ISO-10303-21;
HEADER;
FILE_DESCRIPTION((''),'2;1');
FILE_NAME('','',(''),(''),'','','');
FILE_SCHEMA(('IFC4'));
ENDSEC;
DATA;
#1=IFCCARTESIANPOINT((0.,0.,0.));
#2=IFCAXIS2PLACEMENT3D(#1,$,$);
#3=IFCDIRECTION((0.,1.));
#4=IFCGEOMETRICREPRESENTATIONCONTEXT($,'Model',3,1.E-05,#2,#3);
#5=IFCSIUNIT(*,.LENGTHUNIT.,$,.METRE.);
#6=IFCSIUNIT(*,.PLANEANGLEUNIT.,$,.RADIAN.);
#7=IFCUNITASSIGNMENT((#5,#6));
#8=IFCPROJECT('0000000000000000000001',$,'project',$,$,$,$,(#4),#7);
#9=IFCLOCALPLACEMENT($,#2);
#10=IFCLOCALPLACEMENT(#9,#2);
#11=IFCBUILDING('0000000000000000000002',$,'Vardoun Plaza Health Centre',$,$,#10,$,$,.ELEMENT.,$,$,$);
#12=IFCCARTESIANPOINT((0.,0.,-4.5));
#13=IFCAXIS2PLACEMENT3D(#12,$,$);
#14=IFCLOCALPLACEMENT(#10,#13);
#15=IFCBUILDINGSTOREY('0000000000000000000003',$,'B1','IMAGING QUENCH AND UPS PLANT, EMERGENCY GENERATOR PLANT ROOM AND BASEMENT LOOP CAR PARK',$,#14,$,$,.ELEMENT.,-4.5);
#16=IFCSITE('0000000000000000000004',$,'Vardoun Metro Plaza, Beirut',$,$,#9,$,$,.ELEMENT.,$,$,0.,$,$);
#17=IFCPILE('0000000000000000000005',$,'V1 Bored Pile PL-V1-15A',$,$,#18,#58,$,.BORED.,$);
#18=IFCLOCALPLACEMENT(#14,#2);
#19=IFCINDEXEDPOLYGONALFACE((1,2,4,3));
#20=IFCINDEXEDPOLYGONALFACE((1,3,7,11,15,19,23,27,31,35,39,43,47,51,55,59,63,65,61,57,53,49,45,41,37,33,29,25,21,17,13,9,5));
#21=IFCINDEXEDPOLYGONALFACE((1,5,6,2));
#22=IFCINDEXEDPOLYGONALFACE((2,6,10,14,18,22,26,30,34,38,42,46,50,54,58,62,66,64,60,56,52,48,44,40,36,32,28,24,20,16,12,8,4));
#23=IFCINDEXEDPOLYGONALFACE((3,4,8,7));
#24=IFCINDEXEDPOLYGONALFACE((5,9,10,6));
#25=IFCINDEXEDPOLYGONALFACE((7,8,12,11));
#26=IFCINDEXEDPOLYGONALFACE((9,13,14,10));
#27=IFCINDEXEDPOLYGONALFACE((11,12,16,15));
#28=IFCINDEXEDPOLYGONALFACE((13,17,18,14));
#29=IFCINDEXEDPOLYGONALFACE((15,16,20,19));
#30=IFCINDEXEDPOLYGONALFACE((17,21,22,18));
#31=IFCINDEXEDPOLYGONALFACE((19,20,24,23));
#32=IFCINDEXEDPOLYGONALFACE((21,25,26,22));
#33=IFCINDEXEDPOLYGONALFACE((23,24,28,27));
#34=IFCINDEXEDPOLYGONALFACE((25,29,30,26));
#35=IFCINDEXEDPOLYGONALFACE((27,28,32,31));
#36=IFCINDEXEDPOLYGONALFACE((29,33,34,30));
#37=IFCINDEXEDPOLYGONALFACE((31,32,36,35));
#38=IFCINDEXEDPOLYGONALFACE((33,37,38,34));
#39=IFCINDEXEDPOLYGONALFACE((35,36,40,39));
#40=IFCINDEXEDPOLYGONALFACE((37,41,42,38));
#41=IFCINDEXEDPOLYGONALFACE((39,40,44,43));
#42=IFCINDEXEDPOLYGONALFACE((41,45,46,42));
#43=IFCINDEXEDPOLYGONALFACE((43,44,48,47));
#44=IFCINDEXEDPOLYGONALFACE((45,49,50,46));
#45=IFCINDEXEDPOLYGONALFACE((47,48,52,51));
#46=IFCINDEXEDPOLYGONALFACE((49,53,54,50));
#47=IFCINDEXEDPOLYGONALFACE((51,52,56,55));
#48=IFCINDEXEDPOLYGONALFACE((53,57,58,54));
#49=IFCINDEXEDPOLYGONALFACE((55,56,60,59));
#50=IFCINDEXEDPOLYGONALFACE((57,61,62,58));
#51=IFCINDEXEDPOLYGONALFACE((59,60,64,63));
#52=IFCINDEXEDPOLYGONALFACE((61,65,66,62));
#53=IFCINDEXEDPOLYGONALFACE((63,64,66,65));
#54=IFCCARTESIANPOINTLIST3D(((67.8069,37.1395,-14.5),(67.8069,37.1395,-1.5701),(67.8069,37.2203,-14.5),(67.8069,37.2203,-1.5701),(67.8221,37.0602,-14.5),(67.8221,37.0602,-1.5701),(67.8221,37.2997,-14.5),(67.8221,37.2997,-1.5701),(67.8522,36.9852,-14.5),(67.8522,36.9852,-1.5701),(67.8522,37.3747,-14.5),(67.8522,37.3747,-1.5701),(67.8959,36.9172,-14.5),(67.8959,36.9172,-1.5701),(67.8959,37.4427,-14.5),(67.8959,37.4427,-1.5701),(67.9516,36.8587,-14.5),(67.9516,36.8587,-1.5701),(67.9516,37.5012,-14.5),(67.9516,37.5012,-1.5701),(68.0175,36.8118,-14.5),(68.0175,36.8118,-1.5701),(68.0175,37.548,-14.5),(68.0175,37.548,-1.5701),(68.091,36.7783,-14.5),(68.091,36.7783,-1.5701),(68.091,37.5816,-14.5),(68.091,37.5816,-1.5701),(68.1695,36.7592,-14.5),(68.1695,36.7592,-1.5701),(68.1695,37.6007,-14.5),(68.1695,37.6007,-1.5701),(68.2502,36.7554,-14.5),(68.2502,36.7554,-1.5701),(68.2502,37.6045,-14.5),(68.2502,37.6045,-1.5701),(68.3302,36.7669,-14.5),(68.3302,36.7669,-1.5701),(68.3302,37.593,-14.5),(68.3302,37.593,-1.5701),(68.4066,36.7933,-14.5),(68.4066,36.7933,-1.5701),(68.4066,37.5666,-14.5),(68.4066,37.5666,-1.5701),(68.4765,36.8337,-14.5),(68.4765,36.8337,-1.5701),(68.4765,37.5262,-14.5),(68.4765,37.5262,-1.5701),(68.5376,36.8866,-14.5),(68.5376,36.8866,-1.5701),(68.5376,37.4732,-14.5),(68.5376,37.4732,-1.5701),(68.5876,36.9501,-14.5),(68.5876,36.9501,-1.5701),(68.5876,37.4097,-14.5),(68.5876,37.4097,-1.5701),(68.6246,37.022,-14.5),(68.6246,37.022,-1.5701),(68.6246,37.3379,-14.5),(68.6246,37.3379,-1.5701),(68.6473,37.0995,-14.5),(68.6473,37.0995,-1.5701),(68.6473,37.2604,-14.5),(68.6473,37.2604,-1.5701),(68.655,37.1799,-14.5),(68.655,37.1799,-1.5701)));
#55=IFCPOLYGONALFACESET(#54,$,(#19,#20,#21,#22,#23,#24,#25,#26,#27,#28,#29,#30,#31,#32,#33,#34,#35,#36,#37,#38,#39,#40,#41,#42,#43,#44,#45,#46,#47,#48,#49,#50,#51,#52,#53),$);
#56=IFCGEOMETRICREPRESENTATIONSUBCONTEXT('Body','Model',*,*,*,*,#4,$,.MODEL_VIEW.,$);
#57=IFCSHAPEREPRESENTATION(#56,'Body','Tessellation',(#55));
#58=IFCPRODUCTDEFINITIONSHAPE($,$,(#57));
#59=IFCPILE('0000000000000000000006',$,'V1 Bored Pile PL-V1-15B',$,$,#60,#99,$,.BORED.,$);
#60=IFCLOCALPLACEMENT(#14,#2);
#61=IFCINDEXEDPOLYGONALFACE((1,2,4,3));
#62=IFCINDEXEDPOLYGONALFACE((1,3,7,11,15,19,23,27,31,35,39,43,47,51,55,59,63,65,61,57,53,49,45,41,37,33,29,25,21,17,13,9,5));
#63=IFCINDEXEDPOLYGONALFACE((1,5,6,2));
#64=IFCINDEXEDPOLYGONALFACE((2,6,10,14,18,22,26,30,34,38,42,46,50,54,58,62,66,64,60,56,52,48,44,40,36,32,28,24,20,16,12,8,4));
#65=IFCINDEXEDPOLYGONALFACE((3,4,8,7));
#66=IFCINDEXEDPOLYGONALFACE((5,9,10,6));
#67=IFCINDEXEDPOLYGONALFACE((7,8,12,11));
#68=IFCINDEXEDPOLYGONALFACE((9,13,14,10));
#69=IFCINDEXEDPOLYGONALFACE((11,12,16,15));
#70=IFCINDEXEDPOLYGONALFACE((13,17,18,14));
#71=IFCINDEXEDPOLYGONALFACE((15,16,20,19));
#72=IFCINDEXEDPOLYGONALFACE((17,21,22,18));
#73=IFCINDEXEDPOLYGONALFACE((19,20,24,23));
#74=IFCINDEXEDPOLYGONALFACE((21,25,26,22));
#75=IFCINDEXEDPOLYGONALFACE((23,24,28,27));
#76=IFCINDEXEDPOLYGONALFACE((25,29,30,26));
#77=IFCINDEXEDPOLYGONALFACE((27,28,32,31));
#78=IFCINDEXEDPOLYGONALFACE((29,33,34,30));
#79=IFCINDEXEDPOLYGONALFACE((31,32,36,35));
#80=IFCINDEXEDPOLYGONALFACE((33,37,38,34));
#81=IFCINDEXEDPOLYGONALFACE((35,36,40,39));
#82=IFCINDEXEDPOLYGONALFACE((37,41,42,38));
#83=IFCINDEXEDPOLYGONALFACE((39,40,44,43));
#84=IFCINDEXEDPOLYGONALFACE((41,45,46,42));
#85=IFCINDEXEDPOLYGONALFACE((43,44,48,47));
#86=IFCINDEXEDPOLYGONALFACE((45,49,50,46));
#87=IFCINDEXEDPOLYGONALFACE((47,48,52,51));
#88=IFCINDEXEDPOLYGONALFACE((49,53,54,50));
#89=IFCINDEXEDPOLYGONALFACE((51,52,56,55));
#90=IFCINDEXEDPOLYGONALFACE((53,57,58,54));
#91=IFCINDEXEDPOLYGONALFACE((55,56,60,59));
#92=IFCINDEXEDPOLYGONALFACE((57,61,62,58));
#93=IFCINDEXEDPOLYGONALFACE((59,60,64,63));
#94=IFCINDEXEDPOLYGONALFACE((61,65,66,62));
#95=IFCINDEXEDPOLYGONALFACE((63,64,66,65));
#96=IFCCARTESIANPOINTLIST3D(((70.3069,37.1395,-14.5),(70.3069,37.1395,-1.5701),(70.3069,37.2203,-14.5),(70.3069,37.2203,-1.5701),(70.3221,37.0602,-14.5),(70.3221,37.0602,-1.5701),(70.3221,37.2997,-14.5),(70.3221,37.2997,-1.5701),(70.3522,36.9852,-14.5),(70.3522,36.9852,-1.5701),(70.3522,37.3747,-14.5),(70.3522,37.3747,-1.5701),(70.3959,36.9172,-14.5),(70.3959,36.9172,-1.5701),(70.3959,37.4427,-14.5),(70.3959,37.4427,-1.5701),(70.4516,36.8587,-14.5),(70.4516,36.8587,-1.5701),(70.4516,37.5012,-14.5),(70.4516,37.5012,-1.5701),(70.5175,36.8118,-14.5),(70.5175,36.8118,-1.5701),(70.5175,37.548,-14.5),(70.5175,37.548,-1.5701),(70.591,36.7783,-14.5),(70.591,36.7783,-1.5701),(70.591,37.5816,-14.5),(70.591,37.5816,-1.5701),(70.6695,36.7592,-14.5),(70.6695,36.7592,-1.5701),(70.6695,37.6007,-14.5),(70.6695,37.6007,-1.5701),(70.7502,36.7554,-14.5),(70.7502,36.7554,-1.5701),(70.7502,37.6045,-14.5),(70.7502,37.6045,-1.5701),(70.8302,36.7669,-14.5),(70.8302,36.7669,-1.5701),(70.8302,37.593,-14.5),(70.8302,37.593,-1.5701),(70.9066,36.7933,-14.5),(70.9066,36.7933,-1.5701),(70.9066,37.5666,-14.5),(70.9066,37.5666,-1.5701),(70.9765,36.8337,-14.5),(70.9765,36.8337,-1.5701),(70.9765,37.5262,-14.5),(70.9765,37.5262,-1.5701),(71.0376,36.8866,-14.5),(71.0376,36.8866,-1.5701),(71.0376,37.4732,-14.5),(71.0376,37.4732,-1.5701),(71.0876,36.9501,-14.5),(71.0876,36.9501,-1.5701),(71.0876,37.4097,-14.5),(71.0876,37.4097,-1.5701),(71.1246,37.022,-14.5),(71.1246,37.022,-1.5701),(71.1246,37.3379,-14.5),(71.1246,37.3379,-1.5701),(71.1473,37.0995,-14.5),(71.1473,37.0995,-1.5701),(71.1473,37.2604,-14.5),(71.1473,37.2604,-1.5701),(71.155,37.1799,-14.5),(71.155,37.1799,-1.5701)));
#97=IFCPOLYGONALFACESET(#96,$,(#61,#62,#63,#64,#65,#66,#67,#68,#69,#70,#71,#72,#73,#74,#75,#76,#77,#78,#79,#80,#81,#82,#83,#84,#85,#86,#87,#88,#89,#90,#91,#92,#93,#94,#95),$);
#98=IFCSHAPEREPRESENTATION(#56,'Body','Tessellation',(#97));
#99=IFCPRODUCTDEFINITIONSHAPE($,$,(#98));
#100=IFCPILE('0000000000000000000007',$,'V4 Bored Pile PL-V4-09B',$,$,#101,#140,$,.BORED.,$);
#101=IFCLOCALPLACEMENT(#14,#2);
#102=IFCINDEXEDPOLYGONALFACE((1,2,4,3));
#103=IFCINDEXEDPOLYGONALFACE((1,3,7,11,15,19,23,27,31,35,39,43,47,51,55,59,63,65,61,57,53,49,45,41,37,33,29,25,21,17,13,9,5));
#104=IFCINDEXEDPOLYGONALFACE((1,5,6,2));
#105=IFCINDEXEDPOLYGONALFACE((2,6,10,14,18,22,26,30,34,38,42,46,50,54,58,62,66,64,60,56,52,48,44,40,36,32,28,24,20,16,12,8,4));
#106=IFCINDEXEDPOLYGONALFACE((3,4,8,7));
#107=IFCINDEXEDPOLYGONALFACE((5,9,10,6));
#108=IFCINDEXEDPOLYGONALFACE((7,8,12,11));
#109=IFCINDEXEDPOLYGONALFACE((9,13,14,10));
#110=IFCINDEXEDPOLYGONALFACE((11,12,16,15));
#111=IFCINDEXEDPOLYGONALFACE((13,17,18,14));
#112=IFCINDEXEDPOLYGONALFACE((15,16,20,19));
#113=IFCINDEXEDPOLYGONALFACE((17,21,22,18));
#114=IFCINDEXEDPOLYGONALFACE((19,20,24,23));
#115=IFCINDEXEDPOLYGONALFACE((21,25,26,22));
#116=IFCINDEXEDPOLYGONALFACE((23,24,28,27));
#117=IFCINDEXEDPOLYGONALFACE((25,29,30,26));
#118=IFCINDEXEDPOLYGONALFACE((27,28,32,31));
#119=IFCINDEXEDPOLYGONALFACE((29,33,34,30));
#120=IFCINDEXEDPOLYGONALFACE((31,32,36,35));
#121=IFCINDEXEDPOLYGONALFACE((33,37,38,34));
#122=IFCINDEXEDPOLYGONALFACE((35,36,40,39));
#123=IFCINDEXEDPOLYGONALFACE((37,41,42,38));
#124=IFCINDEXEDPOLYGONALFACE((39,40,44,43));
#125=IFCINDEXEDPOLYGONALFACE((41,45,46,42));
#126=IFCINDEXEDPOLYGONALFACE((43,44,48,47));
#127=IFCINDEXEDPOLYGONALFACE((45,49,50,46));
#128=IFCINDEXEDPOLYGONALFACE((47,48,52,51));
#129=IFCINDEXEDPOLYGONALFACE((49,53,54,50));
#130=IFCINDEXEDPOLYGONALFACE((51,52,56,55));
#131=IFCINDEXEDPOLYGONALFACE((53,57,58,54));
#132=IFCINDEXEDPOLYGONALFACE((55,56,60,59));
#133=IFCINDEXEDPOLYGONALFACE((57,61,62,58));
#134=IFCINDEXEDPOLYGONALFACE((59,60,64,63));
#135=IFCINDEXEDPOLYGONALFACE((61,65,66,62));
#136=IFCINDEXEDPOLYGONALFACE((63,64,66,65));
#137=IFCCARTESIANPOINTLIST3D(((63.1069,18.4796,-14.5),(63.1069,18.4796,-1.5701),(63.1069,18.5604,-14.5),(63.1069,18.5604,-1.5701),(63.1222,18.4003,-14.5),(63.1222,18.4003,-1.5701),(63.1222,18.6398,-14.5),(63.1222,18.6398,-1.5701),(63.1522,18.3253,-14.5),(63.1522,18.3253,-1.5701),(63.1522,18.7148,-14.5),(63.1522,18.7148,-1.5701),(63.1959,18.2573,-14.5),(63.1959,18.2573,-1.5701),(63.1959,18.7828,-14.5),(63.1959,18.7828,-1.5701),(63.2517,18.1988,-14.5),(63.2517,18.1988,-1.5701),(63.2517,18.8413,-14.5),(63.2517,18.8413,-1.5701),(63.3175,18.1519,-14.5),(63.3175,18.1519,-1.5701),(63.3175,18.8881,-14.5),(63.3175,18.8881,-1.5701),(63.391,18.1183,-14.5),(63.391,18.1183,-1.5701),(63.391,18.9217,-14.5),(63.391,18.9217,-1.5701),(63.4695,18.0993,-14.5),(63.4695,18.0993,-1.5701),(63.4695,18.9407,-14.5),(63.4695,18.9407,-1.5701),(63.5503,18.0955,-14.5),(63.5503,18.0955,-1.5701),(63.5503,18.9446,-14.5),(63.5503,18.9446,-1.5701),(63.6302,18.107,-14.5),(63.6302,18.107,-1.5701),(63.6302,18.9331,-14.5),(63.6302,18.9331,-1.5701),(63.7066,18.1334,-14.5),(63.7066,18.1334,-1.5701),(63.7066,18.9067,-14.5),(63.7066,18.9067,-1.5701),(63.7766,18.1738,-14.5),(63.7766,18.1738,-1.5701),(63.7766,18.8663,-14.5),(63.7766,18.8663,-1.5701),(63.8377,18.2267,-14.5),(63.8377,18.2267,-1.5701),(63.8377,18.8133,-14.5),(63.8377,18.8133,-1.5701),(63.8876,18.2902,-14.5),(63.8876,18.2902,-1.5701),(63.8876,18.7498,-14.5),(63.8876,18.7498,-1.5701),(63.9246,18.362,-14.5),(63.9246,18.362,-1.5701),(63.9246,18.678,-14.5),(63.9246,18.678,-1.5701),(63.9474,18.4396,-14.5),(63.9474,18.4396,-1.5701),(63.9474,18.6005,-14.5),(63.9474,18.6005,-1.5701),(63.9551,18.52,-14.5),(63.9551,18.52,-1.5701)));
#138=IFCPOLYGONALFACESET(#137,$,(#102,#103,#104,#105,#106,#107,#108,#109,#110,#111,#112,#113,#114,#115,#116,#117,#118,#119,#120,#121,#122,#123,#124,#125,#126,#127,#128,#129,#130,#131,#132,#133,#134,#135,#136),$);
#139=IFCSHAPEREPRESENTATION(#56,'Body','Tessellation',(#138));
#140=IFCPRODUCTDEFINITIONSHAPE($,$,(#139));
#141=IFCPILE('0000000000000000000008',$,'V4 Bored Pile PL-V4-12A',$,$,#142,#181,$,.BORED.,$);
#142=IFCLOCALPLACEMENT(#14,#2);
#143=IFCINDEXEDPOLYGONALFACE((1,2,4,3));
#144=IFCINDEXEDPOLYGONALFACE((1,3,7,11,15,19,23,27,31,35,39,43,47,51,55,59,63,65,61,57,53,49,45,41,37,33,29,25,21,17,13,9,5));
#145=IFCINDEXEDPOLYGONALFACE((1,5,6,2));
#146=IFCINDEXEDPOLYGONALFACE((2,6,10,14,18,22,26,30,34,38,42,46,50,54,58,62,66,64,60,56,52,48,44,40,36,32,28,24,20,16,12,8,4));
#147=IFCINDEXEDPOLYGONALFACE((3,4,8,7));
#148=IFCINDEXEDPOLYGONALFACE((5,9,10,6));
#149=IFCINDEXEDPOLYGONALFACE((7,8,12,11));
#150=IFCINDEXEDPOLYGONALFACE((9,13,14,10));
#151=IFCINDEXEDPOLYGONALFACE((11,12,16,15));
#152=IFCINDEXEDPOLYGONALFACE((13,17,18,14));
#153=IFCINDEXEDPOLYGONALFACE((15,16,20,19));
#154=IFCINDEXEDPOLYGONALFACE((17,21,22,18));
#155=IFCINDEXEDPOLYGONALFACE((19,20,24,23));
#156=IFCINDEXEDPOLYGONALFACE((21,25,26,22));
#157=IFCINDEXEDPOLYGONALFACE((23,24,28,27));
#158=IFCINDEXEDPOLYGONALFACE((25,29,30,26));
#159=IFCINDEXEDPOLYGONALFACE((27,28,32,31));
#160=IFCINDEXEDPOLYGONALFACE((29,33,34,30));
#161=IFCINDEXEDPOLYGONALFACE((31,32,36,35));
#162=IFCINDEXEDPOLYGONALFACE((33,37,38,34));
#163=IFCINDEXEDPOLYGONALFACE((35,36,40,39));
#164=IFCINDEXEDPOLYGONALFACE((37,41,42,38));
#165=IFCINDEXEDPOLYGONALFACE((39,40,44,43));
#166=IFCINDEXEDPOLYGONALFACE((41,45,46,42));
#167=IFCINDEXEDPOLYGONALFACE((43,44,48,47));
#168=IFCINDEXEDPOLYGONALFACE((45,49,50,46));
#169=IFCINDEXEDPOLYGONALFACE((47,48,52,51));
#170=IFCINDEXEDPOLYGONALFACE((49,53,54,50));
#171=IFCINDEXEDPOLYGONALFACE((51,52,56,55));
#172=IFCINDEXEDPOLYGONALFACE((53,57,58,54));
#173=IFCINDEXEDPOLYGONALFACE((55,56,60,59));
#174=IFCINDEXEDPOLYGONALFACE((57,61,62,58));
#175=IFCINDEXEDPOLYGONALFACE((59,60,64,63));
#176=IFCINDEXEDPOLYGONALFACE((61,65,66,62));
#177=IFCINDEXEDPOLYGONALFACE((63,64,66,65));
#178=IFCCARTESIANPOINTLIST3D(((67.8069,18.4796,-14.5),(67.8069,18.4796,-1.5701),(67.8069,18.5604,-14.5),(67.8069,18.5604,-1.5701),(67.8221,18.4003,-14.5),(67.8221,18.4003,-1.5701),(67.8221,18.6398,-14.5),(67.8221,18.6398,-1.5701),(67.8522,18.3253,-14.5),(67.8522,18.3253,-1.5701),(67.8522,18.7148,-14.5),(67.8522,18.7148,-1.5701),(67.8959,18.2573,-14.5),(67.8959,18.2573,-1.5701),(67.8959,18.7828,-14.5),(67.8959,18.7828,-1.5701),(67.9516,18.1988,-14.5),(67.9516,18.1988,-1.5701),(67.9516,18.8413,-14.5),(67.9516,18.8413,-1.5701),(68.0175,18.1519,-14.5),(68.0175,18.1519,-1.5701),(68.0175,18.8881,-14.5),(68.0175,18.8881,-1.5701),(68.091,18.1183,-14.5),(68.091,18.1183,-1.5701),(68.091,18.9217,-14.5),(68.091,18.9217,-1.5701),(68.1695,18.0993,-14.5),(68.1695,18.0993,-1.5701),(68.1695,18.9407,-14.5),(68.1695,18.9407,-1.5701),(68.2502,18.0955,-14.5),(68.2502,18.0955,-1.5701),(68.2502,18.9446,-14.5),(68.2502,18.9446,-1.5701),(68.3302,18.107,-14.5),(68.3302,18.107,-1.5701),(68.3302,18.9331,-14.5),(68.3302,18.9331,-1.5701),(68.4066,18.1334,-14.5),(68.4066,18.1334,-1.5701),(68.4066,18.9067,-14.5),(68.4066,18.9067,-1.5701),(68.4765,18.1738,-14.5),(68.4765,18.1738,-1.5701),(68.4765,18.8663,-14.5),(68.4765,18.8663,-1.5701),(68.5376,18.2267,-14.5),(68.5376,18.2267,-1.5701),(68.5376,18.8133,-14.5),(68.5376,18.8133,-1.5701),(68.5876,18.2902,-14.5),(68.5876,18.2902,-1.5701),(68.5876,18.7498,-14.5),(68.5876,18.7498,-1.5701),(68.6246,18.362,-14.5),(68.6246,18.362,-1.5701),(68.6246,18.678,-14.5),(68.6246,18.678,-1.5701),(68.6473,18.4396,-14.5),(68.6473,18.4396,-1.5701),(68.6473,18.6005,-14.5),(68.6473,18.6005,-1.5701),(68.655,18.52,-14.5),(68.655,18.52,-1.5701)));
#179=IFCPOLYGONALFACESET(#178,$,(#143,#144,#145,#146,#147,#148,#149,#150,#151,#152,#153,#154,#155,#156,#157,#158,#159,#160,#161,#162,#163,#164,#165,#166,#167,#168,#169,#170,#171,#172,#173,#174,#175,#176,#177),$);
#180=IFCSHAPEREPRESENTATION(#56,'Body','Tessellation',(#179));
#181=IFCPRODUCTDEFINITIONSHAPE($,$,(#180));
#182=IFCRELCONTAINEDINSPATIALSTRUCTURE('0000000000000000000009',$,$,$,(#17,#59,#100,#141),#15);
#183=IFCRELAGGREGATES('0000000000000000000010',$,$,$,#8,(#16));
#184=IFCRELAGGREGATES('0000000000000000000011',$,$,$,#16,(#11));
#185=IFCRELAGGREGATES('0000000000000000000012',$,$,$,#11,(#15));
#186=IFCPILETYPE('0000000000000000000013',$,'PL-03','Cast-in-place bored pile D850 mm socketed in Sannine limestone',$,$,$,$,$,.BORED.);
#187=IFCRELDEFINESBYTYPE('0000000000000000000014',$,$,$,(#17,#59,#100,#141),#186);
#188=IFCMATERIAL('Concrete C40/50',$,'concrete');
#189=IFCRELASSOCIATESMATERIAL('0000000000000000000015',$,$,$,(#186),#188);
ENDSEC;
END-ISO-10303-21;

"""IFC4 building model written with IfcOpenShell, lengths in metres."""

from ifc_helpers import new_model, si_unit, direction, frame, origin, origin_2d, place, context, subcontext, project, spatial, circle, extrude, material, material_profile, profile_set, type_object, element, save


model = new_model("IFC4")

# Units and contexts
model_context = context("Model", 3, precision=1e-05, world=origin(), true_north=direction((0.0, 1.0)))
body_context = subcontext(model_context, "Body", "Model", "MODEL_VIEW")
ifc_project = project(units=[si_unit("LENGTHUNIT", "METRE"), si_unit("PLANEANGLEUNIT", "RADIAN")], contexts=[model_context])

# Site, building, storey
site_placement = place(None, origin())
site = spatial("IfcSite", under=ifc_project, at=site_placement, Name="Vardoun Metro Plaza, Beirut", CompositionType="ELEMENT", RefElevation=0.0)
building_placement = place(site_placement, origin())
building = spatial("IfcBuilding", under=site, at=building_placement, Name="Vardoun Plaza Health Centre", CompositionType="ELEMENT")
storey_placement = place(building_placement, frame((0.0, 0.0, -4.5)))
storey = spatial("IfcBuildingStorey", under=building, at=storey_placement, Name="B1", Description="IMAGING QUENCH AND UPS PLANT, EMERGENCY GENERATOR PLANT ROOM AND BASEMENT LOOP CAR PARK", CompositionType="ELEMENT", Elevation=-4.5)

# Piles
ifc_material_1 = material(Name="Concrete C40/50", Category="concrete")
ifc_material_profile_1 = material_profile(ifc_material_1, circle(Radius=0.425, at=origin_2d()), Name="PILE D850")
ifc_profile_set_1 = profile_set([ifc_material_profile_1], Name="Concrete C40/50")
pile_type_1 = type_object("IfcPileType", Name="PL-03", Description="Cast-in-place bored pile D850 mm socketed in Sannine limestone", PredefinedType="BORED", material=ifc_profile_set_1)
for number, where, z_axis, x_axis, name in (
    (1, (68.23, 37.1799, -1.5701), (0.0, 0.0, -1.0), (1.0, 0.0, 0.0), "V1 Bored Pile PL-V1-15A"),
    (2, (70.73, 37.1799, -1.5701), (0.0, 0.0, -1.0), (1.0, 0.0, 0.0), "V1 Bored Pile PL-V1-15B"),
    (3, (63.53, 18.52, -1.5701), (0.0, 0.0, -1.0), (1.0, 0.0, 0.0), "V4 Bored Pile PL-V4-09B"),
    (4, (68.23, 18.52, -1.5701), (0.0, 0.0, -1.0), (1.0, 0.0, 0.0), "V4 Bored Pile PL-V4-12A"),
):
    element("IfcPile", number, at=place(storey_placement, frame(where, z_axis=z_axis, x_axis=x_axis)), inside=storey, type_object=pile_type_1, Name=name, PredefinedType="BORED", context=body_context, shape_type="SweptSolid", body=[
        extrude(circle(Radius=0.425, at=origin_2d()), origin(), (0.0, 0.0, 1.0), 12.9299),
    ])

save(model, "model.ifc")
